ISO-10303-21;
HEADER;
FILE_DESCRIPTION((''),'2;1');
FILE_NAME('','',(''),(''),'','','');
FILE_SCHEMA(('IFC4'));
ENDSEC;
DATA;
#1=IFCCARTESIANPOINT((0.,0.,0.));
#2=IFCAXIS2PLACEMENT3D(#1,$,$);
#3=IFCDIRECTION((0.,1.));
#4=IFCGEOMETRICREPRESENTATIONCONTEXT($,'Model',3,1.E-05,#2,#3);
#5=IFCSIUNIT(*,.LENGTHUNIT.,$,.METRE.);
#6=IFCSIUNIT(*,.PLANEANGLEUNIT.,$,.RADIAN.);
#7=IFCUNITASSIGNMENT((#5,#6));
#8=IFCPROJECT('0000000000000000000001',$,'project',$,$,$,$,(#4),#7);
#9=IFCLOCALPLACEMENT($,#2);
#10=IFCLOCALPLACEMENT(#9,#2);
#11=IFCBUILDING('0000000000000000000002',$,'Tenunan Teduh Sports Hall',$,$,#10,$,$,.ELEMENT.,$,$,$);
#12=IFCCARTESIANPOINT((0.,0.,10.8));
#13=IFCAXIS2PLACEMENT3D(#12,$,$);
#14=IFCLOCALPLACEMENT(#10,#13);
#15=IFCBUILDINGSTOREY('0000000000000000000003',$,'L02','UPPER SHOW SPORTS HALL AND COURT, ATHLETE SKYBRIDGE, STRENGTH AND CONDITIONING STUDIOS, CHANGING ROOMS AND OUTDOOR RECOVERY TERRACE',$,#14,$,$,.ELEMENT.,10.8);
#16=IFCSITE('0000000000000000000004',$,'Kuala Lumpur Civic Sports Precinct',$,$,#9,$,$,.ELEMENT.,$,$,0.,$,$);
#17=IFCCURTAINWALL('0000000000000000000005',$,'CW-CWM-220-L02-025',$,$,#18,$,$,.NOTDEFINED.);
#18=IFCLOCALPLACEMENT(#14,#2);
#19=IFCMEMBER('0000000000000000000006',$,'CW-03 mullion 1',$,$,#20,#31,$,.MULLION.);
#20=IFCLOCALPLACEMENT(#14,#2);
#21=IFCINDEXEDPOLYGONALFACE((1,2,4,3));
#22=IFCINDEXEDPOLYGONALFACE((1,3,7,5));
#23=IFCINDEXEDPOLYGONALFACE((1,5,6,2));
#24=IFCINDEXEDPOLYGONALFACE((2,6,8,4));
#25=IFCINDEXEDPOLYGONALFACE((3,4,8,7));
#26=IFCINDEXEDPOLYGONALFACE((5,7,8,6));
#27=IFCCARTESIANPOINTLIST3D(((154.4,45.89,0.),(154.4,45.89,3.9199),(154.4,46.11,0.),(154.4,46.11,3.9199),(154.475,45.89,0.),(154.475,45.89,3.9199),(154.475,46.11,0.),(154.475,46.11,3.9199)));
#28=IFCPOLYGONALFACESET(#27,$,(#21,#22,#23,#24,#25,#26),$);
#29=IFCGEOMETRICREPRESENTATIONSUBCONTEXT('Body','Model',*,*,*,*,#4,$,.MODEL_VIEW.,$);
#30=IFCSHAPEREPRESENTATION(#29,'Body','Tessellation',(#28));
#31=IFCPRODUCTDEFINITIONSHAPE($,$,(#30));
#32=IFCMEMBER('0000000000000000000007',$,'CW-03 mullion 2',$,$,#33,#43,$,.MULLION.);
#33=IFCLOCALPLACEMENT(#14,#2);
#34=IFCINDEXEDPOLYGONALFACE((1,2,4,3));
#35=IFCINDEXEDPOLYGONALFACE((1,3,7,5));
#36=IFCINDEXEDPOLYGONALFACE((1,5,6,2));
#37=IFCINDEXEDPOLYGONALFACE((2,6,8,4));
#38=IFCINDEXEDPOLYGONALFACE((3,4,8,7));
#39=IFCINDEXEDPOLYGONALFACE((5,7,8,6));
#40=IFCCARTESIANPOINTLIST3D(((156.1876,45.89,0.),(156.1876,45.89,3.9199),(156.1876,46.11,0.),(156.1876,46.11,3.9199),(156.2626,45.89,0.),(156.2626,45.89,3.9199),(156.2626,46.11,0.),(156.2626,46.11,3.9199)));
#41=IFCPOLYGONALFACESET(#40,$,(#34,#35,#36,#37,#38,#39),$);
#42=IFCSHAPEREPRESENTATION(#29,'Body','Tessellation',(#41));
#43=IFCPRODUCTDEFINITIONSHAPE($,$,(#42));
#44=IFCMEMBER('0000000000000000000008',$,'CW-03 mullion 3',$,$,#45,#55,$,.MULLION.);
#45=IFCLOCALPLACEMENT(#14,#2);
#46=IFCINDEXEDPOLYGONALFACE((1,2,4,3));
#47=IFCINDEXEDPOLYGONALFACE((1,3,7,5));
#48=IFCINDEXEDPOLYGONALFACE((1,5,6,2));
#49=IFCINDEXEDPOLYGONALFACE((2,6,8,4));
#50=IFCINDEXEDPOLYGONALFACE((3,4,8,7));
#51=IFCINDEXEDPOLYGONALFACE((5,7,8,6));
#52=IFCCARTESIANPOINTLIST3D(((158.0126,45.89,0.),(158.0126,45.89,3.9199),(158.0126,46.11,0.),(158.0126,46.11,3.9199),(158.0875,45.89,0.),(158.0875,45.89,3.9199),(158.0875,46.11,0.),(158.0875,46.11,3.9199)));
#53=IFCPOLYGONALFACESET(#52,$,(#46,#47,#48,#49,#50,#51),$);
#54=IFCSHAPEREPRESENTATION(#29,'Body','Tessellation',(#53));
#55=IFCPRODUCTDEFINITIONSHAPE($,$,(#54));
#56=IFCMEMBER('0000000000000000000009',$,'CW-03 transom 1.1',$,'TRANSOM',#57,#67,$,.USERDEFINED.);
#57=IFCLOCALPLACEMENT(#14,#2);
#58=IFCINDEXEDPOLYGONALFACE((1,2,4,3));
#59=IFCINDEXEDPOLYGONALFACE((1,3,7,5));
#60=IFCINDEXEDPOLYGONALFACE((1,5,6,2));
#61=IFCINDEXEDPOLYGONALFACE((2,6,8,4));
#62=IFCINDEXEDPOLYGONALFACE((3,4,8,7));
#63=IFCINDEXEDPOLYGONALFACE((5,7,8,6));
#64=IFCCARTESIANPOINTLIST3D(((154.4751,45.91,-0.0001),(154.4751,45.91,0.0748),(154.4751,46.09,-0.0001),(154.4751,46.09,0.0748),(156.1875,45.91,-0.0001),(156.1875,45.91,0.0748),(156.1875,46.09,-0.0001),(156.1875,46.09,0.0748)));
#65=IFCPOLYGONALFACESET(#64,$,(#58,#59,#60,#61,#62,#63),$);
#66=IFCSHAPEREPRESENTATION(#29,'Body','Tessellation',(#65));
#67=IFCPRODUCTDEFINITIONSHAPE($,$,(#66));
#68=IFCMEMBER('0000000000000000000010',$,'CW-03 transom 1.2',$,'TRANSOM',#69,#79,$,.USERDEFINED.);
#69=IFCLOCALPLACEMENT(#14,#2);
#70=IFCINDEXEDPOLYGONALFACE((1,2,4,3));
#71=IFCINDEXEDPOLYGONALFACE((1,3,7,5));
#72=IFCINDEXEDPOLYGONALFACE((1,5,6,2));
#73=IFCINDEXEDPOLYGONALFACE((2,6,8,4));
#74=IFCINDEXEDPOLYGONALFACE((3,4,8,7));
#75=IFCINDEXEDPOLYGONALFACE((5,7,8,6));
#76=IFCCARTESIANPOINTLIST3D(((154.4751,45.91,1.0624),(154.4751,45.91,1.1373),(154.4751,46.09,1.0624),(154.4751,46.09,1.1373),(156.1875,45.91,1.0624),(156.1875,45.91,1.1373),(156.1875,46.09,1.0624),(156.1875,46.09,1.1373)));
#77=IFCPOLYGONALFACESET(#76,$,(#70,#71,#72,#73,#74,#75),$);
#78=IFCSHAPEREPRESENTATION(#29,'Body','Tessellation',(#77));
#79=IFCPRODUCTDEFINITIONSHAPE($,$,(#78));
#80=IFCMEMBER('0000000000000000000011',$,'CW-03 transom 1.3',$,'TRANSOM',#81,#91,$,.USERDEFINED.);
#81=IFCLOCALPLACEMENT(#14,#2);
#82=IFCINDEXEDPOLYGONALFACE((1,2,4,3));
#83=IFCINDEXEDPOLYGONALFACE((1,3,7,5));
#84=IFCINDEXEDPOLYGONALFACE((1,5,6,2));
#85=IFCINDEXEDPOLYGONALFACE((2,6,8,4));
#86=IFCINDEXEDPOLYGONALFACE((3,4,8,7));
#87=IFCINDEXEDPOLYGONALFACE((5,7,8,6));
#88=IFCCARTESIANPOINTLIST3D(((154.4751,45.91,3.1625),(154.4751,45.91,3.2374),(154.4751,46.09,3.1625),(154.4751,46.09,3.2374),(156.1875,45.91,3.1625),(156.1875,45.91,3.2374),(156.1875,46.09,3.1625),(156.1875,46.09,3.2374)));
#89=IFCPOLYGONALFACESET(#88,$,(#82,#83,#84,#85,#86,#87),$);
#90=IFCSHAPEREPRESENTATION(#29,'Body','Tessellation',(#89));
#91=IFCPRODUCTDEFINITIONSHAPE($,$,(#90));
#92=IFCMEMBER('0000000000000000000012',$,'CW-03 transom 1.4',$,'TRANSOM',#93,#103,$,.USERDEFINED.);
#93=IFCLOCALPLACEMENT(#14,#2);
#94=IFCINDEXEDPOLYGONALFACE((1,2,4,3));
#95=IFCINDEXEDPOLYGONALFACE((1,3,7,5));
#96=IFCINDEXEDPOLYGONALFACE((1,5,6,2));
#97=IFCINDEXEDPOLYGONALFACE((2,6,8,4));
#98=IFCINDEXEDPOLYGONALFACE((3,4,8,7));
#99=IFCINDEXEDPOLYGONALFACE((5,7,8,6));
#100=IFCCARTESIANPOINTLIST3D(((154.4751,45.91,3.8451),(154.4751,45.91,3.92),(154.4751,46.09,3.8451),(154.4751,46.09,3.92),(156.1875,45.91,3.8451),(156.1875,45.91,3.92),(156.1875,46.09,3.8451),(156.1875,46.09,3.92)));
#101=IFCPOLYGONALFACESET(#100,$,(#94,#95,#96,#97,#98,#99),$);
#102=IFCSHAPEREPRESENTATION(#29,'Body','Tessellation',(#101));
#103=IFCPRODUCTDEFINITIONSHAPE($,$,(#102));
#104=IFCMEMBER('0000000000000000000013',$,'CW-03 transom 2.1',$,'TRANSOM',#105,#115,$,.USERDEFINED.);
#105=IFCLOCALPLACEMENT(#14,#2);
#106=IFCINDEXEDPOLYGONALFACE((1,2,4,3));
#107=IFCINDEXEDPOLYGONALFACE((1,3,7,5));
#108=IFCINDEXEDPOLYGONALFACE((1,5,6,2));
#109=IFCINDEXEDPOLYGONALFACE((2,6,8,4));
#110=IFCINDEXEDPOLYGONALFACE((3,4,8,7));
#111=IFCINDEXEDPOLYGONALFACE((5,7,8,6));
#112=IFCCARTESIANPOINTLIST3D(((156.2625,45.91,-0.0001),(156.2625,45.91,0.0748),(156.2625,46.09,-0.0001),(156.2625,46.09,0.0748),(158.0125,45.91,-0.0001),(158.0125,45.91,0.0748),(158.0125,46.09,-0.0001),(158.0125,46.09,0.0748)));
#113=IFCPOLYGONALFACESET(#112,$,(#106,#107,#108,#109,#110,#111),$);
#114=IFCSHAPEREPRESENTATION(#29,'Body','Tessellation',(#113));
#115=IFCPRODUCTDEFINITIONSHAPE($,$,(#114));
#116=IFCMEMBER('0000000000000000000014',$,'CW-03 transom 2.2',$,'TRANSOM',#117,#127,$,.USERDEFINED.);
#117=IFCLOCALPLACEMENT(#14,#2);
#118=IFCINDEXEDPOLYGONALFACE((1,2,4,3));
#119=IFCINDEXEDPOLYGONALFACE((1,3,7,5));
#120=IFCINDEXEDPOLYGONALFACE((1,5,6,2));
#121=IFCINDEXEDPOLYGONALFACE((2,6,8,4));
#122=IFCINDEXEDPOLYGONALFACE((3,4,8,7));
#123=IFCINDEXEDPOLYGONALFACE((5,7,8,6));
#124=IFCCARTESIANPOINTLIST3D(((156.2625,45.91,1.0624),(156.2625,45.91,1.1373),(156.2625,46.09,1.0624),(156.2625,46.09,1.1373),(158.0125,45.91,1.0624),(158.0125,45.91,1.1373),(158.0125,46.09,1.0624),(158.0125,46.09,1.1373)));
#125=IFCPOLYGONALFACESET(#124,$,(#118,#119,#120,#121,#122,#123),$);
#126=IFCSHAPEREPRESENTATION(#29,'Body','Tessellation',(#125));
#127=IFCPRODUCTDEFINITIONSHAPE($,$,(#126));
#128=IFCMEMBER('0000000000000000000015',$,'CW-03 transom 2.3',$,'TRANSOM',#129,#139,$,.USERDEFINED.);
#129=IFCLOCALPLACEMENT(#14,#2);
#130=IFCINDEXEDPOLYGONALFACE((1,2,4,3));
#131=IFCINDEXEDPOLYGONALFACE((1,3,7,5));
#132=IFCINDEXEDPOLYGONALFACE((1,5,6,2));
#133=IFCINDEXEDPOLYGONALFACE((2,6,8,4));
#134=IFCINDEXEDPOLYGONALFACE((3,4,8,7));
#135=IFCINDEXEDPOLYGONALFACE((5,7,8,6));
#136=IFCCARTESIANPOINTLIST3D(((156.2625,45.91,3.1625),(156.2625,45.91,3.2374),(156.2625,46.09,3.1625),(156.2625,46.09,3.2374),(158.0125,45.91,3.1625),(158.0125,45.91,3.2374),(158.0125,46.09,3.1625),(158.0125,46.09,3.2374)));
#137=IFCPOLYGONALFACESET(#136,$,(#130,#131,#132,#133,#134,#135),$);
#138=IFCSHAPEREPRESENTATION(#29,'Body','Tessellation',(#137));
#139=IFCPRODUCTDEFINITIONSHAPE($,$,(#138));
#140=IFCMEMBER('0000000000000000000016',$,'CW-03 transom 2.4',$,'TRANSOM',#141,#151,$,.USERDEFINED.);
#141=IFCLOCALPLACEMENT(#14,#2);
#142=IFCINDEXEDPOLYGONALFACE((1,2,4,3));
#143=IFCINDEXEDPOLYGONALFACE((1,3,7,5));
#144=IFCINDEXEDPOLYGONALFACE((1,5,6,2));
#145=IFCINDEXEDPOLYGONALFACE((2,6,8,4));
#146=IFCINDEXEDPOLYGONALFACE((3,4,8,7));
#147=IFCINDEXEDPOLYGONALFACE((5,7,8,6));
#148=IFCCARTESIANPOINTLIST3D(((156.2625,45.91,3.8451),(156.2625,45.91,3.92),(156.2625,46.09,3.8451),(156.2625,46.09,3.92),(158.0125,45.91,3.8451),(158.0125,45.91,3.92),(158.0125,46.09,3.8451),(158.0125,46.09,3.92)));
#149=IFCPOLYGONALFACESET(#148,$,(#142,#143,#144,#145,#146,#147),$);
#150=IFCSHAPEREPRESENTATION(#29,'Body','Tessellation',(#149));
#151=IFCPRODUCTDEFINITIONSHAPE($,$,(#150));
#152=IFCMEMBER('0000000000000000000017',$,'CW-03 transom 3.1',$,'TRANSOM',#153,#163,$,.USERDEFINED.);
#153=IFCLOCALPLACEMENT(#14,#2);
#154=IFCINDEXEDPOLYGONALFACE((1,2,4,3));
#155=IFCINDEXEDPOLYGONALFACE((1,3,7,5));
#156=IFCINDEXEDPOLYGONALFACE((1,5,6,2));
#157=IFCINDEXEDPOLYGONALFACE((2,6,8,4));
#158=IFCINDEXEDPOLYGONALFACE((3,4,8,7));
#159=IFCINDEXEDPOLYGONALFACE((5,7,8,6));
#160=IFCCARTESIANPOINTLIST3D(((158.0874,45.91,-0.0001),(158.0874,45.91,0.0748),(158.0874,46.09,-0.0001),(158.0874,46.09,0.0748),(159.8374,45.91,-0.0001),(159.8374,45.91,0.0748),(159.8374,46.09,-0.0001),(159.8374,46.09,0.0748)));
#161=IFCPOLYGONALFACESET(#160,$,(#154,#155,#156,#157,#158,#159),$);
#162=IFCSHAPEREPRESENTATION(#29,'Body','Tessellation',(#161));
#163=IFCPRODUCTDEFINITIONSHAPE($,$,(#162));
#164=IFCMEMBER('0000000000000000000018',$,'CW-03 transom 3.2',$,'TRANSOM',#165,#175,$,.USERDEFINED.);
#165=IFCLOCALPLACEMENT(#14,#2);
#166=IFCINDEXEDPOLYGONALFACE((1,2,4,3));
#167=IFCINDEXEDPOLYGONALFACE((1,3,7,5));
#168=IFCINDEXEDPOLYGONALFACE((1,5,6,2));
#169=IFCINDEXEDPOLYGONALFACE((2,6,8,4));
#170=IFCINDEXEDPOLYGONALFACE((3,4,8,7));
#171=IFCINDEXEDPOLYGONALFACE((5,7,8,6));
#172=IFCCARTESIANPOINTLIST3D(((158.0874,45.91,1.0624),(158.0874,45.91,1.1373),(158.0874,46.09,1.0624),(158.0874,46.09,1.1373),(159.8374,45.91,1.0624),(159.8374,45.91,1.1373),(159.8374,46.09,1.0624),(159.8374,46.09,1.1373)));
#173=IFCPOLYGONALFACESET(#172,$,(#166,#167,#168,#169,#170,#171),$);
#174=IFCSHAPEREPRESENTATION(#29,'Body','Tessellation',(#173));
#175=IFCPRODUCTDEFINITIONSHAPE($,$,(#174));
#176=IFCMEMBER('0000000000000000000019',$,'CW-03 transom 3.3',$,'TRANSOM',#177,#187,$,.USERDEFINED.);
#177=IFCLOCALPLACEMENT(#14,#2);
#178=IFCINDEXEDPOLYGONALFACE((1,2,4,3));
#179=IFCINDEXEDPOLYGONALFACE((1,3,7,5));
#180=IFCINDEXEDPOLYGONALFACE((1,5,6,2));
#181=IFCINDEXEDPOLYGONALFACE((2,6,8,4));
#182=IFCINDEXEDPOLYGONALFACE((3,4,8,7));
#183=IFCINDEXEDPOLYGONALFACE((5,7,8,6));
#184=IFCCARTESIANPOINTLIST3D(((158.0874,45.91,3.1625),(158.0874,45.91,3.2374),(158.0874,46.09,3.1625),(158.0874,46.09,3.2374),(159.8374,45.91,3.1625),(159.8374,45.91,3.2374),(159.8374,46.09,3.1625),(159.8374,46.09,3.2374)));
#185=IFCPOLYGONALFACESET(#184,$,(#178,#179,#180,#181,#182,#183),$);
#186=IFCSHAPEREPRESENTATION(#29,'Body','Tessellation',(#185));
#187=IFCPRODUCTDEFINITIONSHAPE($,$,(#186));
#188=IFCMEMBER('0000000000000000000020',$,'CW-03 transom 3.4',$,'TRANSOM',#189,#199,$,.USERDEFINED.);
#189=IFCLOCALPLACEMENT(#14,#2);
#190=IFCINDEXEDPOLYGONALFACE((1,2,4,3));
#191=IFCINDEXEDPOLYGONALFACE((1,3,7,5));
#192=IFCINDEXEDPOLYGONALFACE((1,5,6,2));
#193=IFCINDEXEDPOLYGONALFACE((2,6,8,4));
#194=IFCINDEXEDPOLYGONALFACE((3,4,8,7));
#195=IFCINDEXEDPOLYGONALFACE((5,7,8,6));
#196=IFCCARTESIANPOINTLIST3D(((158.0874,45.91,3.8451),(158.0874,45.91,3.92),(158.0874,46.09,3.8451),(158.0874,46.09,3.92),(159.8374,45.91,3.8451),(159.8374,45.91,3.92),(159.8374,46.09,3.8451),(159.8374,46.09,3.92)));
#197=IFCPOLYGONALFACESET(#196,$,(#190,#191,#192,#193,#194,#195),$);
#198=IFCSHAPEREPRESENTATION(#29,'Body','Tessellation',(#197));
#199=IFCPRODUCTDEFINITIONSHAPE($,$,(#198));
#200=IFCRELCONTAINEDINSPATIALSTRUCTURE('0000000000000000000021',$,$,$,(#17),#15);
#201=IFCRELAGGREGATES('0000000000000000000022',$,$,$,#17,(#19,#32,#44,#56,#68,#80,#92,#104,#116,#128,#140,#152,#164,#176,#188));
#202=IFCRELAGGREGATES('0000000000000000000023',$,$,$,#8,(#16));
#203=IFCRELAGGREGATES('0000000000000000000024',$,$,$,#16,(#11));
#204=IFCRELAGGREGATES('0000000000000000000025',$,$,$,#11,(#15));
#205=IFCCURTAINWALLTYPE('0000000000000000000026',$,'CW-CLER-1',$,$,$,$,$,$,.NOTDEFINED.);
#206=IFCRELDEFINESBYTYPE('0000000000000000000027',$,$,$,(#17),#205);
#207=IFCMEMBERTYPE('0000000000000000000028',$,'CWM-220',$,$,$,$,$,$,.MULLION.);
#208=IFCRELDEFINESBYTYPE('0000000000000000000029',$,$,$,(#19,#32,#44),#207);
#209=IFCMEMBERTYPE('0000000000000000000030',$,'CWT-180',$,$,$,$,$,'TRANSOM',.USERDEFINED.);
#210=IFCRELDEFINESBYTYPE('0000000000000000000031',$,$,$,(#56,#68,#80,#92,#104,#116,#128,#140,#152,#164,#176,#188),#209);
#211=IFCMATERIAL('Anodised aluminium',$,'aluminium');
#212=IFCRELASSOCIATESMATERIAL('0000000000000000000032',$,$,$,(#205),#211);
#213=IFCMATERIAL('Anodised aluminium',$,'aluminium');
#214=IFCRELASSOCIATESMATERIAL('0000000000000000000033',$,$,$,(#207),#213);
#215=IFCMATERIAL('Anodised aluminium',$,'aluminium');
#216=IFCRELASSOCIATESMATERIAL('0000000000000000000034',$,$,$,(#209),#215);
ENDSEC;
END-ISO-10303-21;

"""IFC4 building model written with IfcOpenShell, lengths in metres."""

from ifc_helpers import new_model, si_unit, direction, frame, origin, origin_2d, place, context, subcontext, project, spatial, rectangle, extrude, material, material_profile, profile_set, type_object, element, aggregate, save


model = new_model("IFC4")

# Units and contexts
model_context = context("Model", 3, precision=1e-05, world=origin(), true_north=direction((0.0, 1.0)))
body_context = subcontext(model_context, "Body", "Model", "MODEL_VIEW")
ifc_project = project(units=[si_unit("LENGTHUNIT", "METRE"), si_unit("PLANEANGLEUNIT", "RADIAN")], contexts=[model_context])

# Site, building, storey
site_placement = place(None, origin())
site = spatial("IfcSite", under=ifc_project, at=site_placement, Name="Kuala Lumpur Civic Sports Precinct", CompositionType="ELEMENT", RefElevation=0.0)
building_placement = place(site_placement, origin())
building = spatial("IfcBuilding", under=site, at=building_placement, Name="Tenunan Teduh Sports Hall", CompositionType="ELEMENT")
storey_placement = place(building_placement, frame((0.0, 0.0, 10.8)))
storey = spatial("IfcBuildingStorey", under=building, at=storey_placement, Name="L02", Description="UPPER SHOW SPORTS HALL AND COURT, ATHLETE SKYBRIDGE, STRENGTH AND CONDITIONING STUDIOS, CHANGING ROOMS AND OUTDOOR RECOVERY TERRACE", CompositionType="ELEMENT", Elevation=10.8)

# Curtain wall, members
ifc_material_1 = material(Name="Anodised aluminium", Category="aluminium")
curtain_wall_type = type_object("IfcCurtainWallType", Name="CW-CLER-1", PredefinedType="NOTDEFINED", material=ifc_material_1)
curtain_wall_placement = place(storey_placement, origin())
curtain_wall = element("IfcCurtainWall", 1, at=curtain_wall_placement, inside=storey, type_object=curtain_wall_type, Name="CW-CWM-220-L02-025", PredefinedType="NOTDEFINED")
ifc_material_2 = material(Name="Anodised aluminium", Category="aluminium")
ifc_material_profile_1 = material_profile(ifc_material_2, rectangle(XDim=0.075, YDim=0.22, at=origin_2d()), Name="CWM 75x220")
ifc_profile_set_1 = profile_set([ifc_material_profile_1], Name="Anodised aluminium")
member_type_1 = type_object("IfcMemberType", Name="CWM-220", PredefinedType="MULLION", material=ifc_profile_set_1)
member_1_placement = place(storey_placement, frame((154.4375, 46.0, 0.0), z_axis=(0.0, 0.0, 1.0), x_axis=(1.0, 0.0, 0.0)))
member_1 = element("IfcMember", 2, at=member_1_placement, type_object=member_type_1, Name="CW-03 mullion 1", PredefinedType="MULLION", context=body_context, shape_type="SweptSolid", body=[
    extrude(rectangle(XDim=0.075, YDim=0.22, at=origin_2d()), origin(), (0.0, 0.0, 1.0), 3.9199),
])
member_2_placement = place(storey_placement, frame((156.2251, 46.0, 0.0), z_axis=(0.0, 0.0, 1.0), x_axis=(1.0, 0.0, 0.0)))
member_2 = element("IfcMember", 3, at=member_2_placement, type_object=member_type_1, Name="CW-03 mullion 2", PredefinedType="MULLION", context=body_context, shape_type="SweptSolid", body=[
    extrude(rectangle(XDim=0.075, YDim=0.22, at=origin_2d()), origin(), (0.0, 0.0, 1.0), 3.9199),
])
member_3_placement = place(storey_placement, frame((158.05, 46.0, 0.0), z_axis=(0.0, 0.0, 1.0), x_axis=(1.0, 0.0, 0.0)))
member_3 = element("IfcMember", 4, at=member_3_placement, type_object=member_type_1, Name="CW-03 mullion 3", PredefinedType="MULLION", context=body_context, shape_type="SweptSolid", body=[
    extrude(rectangle(XDim=0.075, YDim=0.22, at=origin_2d()), origin(), (0.0, 0.0, 1.0), 3.9199),
])
ifc_material_3 = material(Name="Anodised aluminium", Category="aluminium")
ifc_material_profile_2 = material_profile(ifc_material_3, rectangle(XDim=0.075, YDim=0.1799, at=origin_2d()), Name="CWT 75x180")
ifc_profile_set_2 = profile_set([ifc_material_profile_2], Name="Anodised aluminium")
member_type_2 = type_object("IfcMemberType", Name="CWT-180", ElementType="TRANSOM", PredefinedType="USERDEFINED", material=ifc_profile_set_2)
member_4_placement = place(storey_placement, frame((154.4751, 46.0, 0.0374), z_axis=(1.0, 0.0, 0.0), x_axis=(0.0, 0.0, 1.0)))
member_4 = element("IfcMember", 5, at=member_4_placement, type_object=member_type_2, Name="CW-03 transom 1.1", ObjectType="TRANSOM", PredefinedType="USERDEFINED", context=body_context, shape_type="SweptSolid", body=[
    extrude(rectangle(XDim=0.075, YDim=0.1799, at=origin_2d()), origin(), (0.0, 0.0, 1.0), 1.7124),
])
member_5_placement = place(storey_placement, frame((154.4751, 46.0, 1.0999), z_axis=(1.0, 0.0, 0.0), x_axis=(0.0, 0.0, 1.0)))
member_5 = element("IfcMember", 6, at=member_5_placement, type_object=member_type_2, Name="CW-03 transom 1.2", ObjectType="TRANSOM", PredefinedType="USERDEFINED", context=body_context, shape_type="SweptSolid", body=[
    extrude(rectangle(XDim=0.075, YDim=0.1799, at=origin_2d()), origin(), (0.0, 0.0, 1.0), 1.7124),
])
member_6_placement = place(storey_placement, frame((154.4751, 46.0, 3.2), z_axis=(1.0, 0.0, 0.0), x_axis=(0.0, 0.0, 1.0)))
member_6 = element("IfcMember", 7, at=member_6_placement, type_object=member_type_2, Name="CW-03 transom 1.3", ObjectType="TRANSOM", PredefinedType="USERDEFINED", context=body_context, shape_type="SweptSolid", body=[
    extrude(rectangle(XDim=0.075, YDim=0.1799, at=origin_2d()), origin(), (0.0, 0.0, 1.0), 1.7124),
])
member_7_placement = place(storey_placement, frame((154.4751, 46.0, 3.8826), z_axis=(1.0, 0.0, 0.0), x_axis=(0.0, 0.0, 1.0)))
member_7 = element("IfcMember", 8, at=member_7_placement, type_object=member_type_2, Name="CW-03 transom 1.4", ObjectType="TRANSOM", PredefinedType="USERDEFINED", context=body_context, shape_type="SweptSolid", body=[
    extrude(rectangle(XDim=0.075, YDim=0.1799, at=origin_2d()), origin(), (0.0, 0.0, 1.0), 1.7124),
])
member_8_placement = place(storey_placement, frame((156.2625, 46.0, 0.0374), z_axis=(1.0, 0.0, 0.0), x_axis=(0.0, 0.0, 1.0)))
member_8 = element("IfcMember", 9, at=member_8_placement, type_object=member_type_2, Name="CW-03 transom 2.1", ObjectType="TRANSOM", PredefinedType="USERDEFINED", context=body_context, shape_type="SweptSolid", body=[
    extrude(rectangle(XDim=0.075, YDim=0.1799, at=origin_2d()), origin(), (0.0, 0.0, 1.0), 1.75),
])
member_9_placement = place(storey_placement, frame((156.2625, 46.0, 1.0999), z_axis=(1.0, 0.0, 0.0), x_axis=(0.0, 0.0, 1.0)))
member_9 = element("IfcMember", 10, at=member_9_placement, type_object=member_type_2, Name="CW-03 transom 2.2", ObjectType="TRANSOM", PredefinedType="USERDEFINED", context=body_context, shape_type="SweptSolid", body=[
    extrude(rectangle(XDim=0.075, YDim=0.1799, at=origin_2d()), origin(), (0.0, 0.0, 1.0), 1.75),
])
member_10_placement = place(storey_placement, frame((156.2625, 46.0, 3.2), z_axis=(1.0, 0.0, 0.0), x_axis=(0.0, 0.0, 1.0)))
member_10 = element("IfcMember", 11, at=member_10_placement, type_object=member_type_2, Name="CW-03 transom 2.3", ObjectType="TRANSOM", PredefinedType="USERDEFINED", context=body_context, shape_type="SweptSolid", body=[
    extrude(rectangle(XDim=0.075, YDim=0.1799, at=origin_2d()), origin(), (0.0, 0.0, 1.0), 1.75),
])
member_11_placement = place(storey_placement, frame((156.2625, 46.0, 3.8826), z_axis=(1.0, 0.0, 0.0), x_axis=(0.0, 0.0, 1.0)))
member_11 = element("IfcMember", 12, at=member_11_placement, type_object=member_type_2, Name="CW-03 transom 2.4", ObjectType="TRANSOM", PredefinedType="USERDEFINED", context=body_context, shape_type="SweptSolid", body=[
    extrude(rectangle(XDim=0.075, YDim=0.1799, at=origin_2d()), origin(), (0.0, 0.0, 1.0), 1.75),
])
member_12_placement = place(storey_placement, frame((158.0874, 46.0, 0.0374), z_axis=(1.0, 0.0, 0.0), x_axis=(0.0, 0.0, 1.0)))
member_12 = element("IfcMember", 13, at=member_12_placement, type_object=member_type_2, Name="CW-03 transom 3.1", ObjectType="TRANSOM", PredefinedType="USERDEFINED", context=body_context, shape_type="SweptSolid", body=[
    extrude(rectangle(XDim=0.075, YDim=0.1799, at=origin_2d()), origin(), (0.0, 0.0, 1.0), 1.75),
])
member_13_placement = place(storey_placement, frame((158.0874, 46.0, 1.0999), z_axis=(1.0, 0.0, 0.0), x_axis=(0.0, 0.0, 1.0)))
member_13 = element("IfcMember", 14, at=member_13_placement, type_object=member_type_2, Name="CW-03 transom 3.2", ObjectType="TRANSOM", PredefinedType="USERDEFINED", context=body_context, shape_type="SweptSolid", body=[
    extrude(rectangle(XDim=0.075, YDim=0.1799, at=origin_2d()), origin(), (0.0, 0.0, 1.0), 1.75),
])
member_14_placement = place(storey_placement, frame((158.0874, 46.0, 3.2), z_axis=(1.0, 0.0, 0.0), x_axis=(0.0, 0.0, 1.0)))
member_14 = element("IfcMember", 15, at=member_14_placement, type_object=member_type_2, Name="CW-03 transom 3.3", ObjectType="TRANSOM", PredefinedType="USERDEFINED", context=body_context, shape_type="SweptSolid", body=[
    extrude(rectangle(XDim=0.075, YDim=0.1799, at=origin_2d()), origin(), (0.0, 0.0, 1.0), 1.75),
])
member_15_placement = place(storey_placement, frame((158.0874, 46.0, 3.8826), z_axis=(1.0, 0.0, 0.0), x_axis=(0.0, 0.0, 1.0)))
member_15 = element("IfcMember", 16, at=member_15_placement, type_object=member_type_2, Name="CW-03 transom 3.4", ObjectType="TRANSOM", PredefinedType="USERDEFINED", context=body_context, shape_type="SweptSolid", body=[
    extrude(rectangle(XDim=0.075, YDim=0.1799, at=origin_2d()), origin(), (0.0, 0.0, 1.0), 1.75),
])

aggregate(curtain_wall, [member_1, member_2, member_3, member_4, member_5, member_6, member_7, member_8, member_9, member_10, member_11, member_12, member_13, member_14, member_15])

save(model, "model.ifc")
